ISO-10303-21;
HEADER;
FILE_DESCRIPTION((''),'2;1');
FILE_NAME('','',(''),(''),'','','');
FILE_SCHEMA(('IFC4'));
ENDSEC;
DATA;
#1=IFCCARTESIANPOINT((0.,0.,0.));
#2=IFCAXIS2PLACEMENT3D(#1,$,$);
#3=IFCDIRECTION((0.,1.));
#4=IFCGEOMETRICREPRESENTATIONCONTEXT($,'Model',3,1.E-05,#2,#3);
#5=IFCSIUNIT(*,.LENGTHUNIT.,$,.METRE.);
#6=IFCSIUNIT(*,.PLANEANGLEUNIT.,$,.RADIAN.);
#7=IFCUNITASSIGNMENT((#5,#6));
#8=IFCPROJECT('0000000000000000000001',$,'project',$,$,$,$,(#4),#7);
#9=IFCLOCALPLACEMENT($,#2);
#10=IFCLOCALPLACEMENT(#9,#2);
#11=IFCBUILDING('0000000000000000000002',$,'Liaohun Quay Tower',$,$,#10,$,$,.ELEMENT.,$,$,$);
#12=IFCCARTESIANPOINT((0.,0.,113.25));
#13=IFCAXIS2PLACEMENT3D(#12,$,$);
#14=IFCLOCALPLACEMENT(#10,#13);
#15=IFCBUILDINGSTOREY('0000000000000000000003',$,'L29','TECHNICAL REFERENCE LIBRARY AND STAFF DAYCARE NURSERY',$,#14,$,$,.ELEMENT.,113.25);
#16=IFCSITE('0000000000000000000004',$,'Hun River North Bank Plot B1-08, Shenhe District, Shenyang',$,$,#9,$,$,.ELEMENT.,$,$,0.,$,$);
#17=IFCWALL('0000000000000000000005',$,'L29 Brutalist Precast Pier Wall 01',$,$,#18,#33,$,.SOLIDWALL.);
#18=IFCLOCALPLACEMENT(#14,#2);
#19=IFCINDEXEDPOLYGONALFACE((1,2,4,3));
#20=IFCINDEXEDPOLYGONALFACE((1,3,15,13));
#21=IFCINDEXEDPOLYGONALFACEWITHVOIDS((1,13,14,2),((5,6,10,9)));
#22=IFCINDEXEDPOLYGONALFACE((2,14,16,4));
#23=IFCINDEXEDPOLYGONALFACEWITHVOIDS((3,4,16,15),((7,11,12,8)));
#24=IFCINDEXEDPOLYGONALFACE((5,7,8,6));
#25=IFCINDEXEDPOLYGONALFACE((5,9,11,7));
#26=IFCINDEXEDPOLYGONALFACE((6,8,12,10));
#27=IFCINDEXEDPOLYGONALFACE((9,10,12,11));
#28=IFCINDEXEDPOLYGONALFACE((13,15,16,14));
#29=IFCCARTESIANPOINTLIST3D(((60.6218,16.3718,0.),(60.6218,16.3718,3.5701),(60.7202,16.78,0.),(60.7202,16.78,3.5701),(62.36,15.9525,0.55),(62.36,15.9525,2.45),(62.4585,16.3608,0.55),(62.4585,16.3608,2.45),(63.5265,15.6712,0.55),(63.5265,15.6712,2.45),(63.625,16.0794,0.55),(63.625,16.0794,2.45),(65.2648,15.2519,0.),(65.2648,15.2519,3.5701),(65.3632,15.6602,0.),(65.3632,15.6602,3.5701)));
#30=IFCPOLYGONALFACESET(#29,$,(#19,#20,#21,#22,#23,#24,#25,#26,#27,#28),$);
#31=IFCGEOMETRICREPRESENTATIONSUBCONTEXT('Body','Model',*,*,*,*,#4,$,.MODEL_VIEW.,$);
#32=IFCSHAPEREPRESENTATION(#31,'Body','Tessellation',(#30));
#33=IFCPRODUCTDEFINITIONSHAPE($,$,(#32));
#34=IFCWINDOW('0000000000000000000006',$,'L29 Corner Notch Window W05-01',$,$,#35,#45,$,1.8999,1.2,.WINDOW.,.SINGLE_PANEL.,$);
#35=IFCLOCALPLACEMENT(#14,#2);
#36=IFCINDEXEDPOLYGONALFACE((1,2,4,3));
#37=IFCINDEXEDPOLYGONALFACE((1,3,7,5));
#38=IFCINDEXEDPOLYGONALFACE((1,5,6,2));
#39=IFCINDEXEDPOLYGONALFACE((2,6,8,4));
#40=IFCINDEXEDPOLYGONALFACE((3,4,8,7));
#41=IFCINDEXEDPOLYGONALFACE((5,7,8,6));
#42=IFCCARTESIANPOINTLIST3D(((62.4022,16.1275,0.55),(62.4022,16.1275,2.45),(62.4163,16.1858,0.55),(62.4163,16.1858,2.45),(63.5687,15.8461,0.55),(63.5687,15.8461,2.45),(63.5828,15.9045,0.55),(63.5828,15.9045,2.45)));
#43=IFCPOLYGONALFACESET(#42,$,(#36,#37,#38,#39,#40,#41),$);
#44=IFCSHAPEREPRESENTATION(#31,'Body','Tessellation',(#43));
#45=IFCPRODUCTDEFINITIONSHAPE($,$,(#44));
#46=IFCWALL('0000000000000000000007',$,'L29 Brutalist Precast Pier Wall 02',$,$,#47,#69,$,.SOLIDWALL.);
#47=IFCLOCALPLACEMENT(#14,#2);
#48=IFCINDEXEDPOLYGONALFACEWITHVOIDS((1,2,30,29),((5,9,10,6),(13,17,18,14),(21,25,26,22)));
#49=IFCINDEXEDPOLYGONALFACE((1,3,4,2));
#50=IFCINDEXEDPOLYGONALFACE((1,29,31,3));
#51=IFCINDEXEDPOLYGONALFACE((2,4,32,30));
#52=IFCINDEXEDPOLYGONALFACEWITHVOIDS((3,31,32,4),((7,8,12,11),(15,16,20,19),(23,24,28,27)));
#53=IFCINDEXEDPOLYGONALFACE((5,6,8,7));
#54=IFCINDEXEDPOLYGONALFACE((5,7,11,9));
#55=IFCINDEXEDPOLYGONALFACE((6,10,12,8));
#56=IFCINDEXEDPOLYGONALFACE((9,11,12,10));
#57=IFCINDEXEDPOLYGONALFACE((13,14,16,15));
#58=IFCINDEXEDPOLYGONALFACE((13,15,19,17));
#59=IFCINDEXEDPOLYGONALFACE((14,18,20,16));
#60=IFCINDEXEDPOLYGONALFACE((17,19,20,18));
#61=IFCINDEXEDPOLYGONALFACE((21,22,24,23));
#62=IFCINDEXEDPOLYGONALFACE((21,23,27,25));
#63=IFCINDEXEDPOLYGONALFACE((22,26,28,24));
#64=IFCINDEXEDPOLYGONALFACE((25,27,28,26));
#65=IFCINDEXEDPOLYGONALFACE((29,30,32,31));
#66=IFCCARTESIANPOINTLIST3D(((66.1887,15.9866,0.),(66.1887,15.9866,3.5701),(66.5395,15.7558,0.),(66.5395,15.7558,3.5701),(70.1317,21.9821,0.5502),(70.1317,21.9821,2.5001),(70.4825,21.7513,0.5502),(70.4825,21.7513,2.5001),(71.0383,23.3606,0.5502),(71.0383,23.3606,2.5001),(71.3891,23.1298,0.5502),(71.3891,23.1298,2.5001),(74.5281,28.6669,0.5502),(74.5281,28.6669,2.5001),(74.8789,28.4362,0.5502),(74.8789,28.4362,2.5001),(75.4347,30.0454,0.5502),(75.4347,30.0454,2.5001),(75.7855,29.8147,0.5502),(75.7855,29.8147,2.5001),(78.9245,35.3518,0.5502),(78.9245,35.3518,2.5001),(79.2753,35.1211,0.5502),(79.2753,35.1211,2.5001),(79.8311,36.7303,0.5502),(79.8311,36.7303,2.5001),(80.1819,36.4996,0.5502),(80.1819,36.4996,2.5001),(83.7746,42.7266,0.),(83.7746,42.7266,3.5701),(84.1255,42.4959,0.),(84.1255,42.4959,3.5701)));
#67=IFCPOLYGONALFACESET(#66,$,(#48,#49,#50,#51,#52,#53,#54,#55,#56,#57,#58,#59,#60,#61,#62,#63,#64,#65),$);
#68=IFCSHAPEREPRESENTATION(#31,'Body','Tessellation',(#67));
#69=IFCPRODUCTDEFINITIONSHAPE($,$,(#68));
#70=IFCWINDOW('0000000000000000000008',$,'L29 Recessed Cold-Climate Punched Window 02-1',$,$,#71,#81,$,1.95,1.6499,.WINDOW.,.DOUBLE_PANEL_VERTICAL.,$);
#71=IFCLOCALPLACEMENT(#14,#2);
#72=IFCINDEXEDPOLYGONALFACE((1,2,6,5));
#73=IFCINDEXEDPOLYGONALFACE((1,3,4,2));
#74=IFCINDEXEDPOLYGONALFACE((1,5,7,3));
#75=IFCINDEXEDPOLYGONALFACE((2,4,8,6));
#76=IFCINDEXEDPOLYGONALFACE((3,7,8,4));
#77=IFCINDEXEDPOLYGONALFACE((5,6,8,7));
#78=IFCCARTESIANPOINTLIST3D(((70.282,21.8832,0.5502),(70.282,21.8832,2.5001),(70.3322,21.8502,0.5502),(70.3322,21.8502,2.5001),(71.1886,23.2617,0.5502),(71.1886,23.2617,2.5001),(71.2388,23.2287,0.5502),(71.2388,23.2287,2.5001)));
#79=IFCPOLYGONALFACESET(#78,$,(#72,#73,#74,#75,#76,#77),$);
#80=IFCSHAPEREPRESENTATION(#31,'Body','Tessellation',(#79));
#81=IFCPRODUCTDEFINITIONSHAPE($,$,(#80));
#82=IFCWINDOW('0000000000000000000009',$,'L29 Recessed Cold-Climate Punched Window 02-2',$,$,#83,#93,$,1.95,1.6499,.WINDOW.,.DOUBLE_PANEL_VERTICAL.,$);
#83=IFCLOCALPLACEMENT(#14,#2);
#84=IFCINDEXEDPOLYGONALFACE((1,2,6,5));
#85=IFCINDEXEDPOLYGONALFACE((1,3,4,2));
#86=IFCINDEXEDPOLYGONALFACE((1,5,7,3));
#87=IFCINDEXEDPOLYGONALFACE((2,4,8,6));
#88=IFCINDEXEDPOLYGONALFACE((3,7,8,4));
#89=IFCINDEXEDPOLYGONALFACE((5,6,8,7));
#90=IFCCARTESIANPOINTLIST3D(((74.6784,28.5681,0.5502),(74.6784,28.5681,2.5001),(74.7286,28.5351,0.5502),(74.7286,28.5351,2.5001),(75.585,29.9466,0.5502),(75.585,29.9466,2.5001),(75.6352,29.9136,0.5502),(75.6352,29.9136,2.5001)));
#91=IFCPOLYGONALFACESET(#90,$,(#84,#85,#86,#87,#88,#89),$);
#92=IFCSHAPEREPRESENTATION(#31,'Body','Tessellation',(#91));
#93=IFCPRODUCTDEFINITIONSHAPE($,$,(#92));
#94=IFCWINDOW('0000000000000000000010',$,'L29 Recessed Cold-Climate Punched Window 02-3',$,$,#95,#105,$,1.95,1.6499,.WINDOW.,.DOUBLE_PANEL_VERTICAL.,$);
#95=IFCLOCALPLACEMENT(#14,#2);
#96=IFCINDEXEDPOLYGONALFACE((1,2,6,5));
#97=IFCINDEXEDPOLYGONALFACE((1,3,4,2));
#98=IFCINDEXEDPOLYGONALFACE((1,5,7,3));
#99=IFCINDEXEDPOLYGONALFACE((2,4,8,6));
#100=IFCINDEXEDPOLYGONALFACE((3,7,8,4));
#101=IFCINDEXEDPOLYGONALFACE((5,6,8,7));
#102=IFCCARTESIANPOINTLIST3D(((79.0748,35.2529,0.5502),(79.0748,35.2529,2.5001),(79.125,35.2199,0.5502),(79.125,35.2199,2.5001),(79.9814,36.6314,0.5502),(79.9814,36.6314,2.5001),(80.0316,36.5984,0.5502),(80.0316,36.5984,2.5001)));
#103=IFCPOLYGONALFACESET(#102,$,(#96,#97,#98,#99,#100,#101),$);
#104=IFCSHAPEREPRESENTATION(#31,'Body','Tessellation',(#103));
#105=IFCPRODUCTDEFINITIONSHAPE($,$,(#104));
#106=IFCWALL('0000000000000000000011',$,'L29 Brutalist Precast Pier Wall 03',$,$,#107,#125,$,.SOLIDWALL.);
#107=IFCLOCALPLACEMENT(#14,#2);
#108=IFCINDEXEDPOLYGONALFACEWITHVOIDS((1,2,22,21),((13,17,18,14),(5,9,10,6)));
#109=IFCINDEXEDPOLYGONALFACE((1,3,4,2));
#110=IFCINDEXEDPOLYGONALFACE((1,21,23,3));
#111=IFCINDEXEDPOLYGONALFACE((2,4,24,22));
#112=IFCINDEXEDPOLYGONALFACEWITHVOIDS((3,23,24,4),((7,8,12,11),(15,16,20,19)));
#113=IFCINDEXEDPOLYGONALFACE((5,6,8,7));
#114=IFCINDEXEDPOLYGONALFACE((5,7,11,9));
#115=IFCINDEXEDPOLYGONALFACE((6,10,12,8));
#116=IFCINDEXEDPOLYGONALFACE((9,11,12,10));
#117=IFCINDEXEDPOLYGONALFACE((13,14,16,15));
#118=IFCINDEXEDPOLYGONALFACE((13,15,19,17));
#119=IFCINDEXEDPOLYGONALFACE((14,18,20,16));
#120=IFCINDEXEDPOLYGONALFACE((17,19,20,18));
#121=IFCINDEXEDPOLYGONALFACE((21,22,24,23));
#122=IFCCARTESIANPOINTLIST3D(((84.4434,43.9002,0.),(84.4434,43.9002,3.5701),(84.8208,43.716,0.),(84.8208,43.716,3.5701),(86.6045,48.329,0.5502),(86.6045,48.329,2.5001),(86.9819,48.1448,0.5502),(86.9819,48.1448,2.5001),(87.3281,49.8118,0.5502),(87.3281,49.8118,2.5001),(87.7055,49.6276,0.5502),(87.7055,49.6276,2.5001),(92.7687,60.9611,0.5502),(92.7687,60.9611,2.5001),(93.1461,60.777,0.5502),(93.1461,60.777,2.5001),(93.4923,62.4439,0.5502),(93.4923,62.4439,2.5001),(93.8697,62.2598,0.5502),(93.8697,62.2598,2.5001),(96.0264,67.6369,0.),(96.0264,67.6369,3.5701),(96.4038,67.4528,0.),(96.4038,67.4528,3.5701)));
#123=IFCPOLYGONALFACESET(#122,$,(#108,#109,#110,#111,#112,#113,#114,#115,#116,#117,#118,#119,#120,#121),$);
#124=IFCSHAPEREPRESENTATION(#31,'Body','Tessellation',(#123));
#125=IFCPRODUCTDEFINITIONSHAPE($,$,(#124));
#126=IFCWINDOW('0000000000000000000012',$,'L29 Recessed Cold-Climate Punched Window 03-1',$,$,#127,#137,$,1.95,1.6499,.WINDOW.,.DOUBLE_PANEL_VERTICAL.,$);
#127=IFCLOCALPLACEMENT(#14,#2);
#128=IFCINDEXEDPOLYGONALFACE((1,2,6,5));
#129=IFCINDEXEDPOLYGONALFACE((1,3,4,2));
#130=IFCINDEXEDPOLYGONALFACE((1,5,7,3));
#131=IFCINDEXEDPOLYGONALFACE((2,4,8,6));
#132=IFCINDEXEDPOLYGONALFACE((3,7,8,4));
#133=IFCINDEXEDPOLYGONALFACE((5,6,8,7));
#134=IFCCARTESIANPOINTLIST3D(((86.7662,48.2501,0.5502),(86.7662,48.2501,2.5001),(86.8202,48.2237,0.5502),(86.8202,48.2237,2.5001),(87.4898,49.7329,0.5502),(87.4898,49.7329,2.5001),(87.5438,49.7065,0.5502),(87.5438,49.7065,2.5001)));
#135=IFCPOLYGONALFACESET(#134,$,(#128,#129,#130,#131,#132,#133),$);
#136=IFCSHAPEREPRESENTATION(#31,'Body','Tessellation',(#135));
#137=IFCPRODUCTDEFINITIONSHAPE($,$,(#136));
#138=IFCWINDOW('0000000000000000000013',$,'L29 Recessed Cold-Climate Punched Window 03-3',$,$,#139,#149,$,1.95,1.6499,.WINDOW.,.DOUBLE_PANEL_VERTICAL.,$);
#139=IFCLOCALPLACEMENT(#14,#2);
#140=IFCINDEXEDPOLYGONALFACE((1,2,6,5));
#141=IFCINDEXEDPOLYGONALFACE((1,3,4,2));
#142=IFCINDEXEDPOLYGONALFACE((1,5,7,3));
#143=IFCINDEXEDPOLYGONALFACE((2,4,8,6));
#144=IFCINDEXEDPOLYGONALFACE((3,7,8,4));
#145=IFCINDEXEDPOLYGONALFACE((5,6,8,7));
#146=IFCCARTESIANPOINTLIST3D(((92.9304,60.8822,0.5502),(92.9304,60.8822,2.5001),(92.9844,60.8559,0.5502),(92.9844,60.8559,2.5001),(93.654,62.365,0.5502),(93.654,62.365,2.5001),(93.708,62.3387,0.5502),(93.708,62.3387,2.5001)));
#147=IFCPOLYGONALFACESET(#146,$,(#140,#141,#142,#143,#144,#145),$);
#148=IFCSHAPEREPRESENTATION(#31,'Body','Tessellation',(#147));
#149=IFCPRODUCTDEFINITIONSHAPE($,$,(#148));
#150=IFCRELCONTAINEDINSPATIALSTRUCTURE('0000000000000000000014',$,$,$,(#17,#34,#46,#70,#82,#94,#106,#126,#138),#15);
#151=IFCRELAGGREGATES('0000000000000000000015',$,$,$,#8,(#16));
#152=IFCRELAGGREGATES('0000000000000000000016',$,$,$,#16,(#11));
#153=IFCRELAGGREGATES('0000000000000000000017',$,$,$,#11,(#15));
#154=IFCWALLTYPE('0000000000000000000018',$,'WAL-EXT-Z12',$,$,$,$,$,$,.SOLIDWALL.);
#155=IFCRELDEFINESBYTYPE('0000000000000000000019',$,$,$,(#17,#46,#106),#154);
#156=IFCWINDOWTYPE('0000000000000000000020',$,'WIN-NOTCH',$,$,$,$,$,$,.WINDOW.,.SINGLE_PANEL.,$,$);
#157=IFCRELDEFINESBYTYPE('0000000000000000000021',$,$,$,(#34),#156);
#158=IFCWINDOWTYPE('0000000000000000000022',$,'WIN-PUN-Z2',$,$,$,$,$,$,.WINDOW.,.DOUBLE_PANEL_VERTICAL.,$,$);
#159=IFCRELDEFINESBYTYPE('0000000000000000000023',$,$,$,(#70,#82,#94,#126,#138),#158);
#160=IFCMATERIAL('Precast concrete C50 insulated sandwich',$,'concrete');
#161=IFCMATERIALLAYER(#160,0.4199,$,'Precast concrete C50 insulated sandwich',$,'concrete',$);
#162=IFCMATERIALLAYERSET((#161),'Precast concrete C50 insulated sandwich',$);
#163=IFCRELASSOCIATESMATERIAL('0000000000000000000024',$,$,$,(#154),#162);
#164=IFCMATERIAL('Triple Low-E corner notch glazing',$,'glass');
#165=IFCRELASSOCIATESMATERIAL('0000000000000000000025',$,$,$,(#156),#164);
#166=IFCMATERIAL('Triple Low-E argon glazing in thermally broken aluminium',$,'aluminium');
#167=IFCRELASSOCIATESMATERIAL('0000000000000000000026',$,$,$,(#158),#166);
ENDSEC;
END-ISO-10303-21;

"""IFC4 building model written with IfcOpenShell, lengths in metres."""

from ifc_helpers import new_model, si_unit, direction, frame, frame_2d, origin, place, context, subcontext, project, spatial, rectangle, extrude, source, transform, mapped, material, layer, layer_set, type_object, element, fill, save


model = new_model("IFC4")

# Units and contexts
model_context = context("Model", 3, precision=1e-05, world=origin(), true_north=direction((0.0, 1.0)))
body_context = subcontext(model_context, "Body", "Model", "MODEL_VIEW")
ifc_project = project(units=[si_unit("LENGTHUNIT", "METRE"), si_unit("PLANEANGLEUNIT", "RADIAN")], contexts=[model_context])

# Site, building, storey
site_placement = place(None, origin())
site = spatial("IfcSite", under=ifc_project, at=site_placement, Name="Hun River North Bank Plot B1-08, Shenhe District, Shenyang", CompositionType="ELEMENT", RefElevation=0.0)
building_placement = place(site_placement, origin())
building = spatial("IfcBuilding", under=site, at=building_placement, Name="Liaohun Quay Tower", CompositionType="ELEMENT")
storey_placement = place(building_placement, frame((0.0, 0.0, 113.25)))
storey = spatial("IfcBuildingStorey", under=building, at=storey_placement, Name="L29", Description="TECHNICAL REFERENCE LIBRARY AND STAFF DAYCARE NURSERY", CompositionType="ELEMENT", Elevation=113.25)

# Wall, opening, window
ifc_material_1 = material(Name="Precast concrete C50 insulated sandwich", Category="concrete")
ifc_layer_1 = layer(ifc_material_1, 0.4199, Name="Precast concrete C50 insulated sandwich", Category="concrete")
ifc_layer_set_1 = layer_set([ifc_layer_1], Name="Precast concrete C50 insulated sandwich")
wall_type_1 = type_object("IfcWallType", Name="WAL-EXT-Z12", PredefinedType="SOLIDWALL", material=ifc_layer_set_1)
wall_1_placement = place(storey_placement, frame((60.6709, 16.5759, 0.0), z_axis=(0.0, 0.0, 1.0), x_axis=(0.972124, -0.234469, 0.0)))
wall_1 = element("IfcWall", 1, at=wall_1_placement, inside=storey, type_object=wall_type_1, Name="L29 Brutalist Precast Pier Wall 01", PredefinedType="SOLIDWALL", context=body_context, shape_type="SweptSolid", body=[
    extrude(rectangle(XDim=4.7761, YDim=0.4199, at=frame_2d((2.3882, 0.0))), origin(), (0.0, 0.0, 1.0), 3.5701),
])
shared_shape_1 = source(origin(), body_context, "Body", "SweptSolid", [
    extrude(rectangle(XDim=1.2, YDim=1.8999, at=frame_2d((0.6001, 0.95))), frame((0.0, 0.22, 0.0), z_axis=(0.0, -1.0, 0.0), x_axis=(1.0, 0.0, 0.0)), (0.0, 0.0, 1.0), 0.4399),
])
opening_1_placement = place(wall_1_placement, frame((1.7881, 0.0, 0.55)))
opening_1 = element("IfcOpeningElement", 2, at=opening_1_placement, cuts=wall_1, PredefinedType="OPENING", context=body_context, shape_type="MappedRepresentation", body=[
    mapped(shared_shape_1, transform((0.0, 0.0, 0.0), x_axis=(1.0, 0.0, 0.0), y_axis=(0.0, 1.0, 0.0), z_axis=(0.0, 0.0, 1.0), scale=1.0)),
])
ifc_material_2 = material(Name="Triple Low-E corner notch glazing", Category="glass")
window_type_1 = type_object("IfcWindowType", Name="WIN-NOTCH", PartitioningType="SINGLE_PANEL", PredefinedType="WINDOW", material=ifc_material_2)
shared_shape_2 = source(origin(), body_context, "Body", "SweptSolid", [
    extrude(rectangle(XDim=1.2, YDim=1.8999, at=frame_2d((0.6001, 0.95))), frame((0.0, 0.03, 0.0), z_axis=(0.0, -1.0, 0.0), x_axis=(1.0, 0.0, 0.0)), (0.0, 0.0, 1.0), 0.0601),
])
window_1_placement = place(opening_1_placement, origin())
window_1 = element("IfcWindow", 3, at=window_1_placement, inside=storey, type_object=window_type_1, Name="L29 Corner Notch Window W05-01", OverallHeight=1.8999, OverallWidth=1.2, PartitioningType="SINGLE_PANEL", PredefinedType="WINDOW", context=body_context, shape_type="MappedRepresentation", body=[
    mapped(shared_shape_2, transform((0.0, 0.0, 0.0), x_axis=(1.0, 0.0, 0.0), y_axis=(0.0, 1.0, 0.0), z_axis=(0.0, 0.0, 1.0), scale=1.0)),
])
fill(opening_1, window_1)

# Walls, openings, windows
wall_2_placement = place(storey_placement, frame((66.364, 15.8711, 0.0), z_axis=(0.0, 0.0, 1.0), x_axis=(0.549482, 0.835505, 0.0)))
wall_2 = element("IfcWall", 4, at=wall_2_placement, inside=storey, type_object=wall_type_1, Name="L29 Brutalist Precast Pier Wall 02", PredefinedType="SOLIDWALL", context=body_context, shape_type="SweptSolid", body=[
    extrude(rectangle(XDim=32.0046, YDim=0.4199, at=frame_2d((16.0024, 0.0))), origin(), (0.0, 0.0, 1.0), 3.5701),
])
shared_shape_3 = source(origin(), body_context, "Body", "SweptSolid", [
    extrude(rectangle(XDim=1.6499, YDim=1.95, at=frame_2d((0.825, 0.9751))), frame((0.0, 0.22, 0.0), z_axis=(0.0, -1.0, 0.0), x_axis=(1.0, 0.0, 0.0)), (0.0, 0.0, 1.0), 0.4399),
])
opening_2_placement = place(wall_2_placement, frame((7.176, 0.0, 0.55)))
opening_2 = element("IfcOpeningElement", 5, at=opening_2_placement, cuts=wall_2, PredefinedType="OPENING", context=body_context, shape_type="MappedRepresentation", body=[
    mapped(shared_shape_3, transform((0.0, 0.0, 0.0), x_axis=(1.0, 0.0, 0.0), y_axis=(0.0, 1.0, 0.0), z_axis=(0.0, 0.0, 1.0), scale=1.0)),
])
opening_3_placement = place(wall_2_placement, frame((15.177, 0.0, 0.55)))
opening_3 = element("IfcOpeningElement", 6, at=opening_3_placement, cuts=wall_2, PredefinedType="OPENING", context=body_context, shape_type="MappedRepresentation", body=[
    mapped(shared_shape_3, transform((0.0, 0.0, 0.0), x_axis=(1.0, 0.0, 0.0), y_axis=(0.0, 1.0, 0.0), z_axis=(0.0, 0.0, 1.0), scale=1.0)),
])
opening_4_placement = place(wall_2_placement, frame((23.178, 0.0, 0.55)))
opening_4 = element("IfcOpeningElement", 7, at=opening_4_placement, cuts=wall_2, PredefinedType="OPENING", context=body_context, shape_type="MappedRepresentation", body=[
    mapped(shared_shape_3, transform((0.0, 0.0, 0.0), x_axis=(1.0, 0.0, 0.0), y_axis=(0.0, 1.0, 0.0), z_axis=(0.0, 0.0, 1.0), scale=1.0)),
])
ifc_material_3 = material(Name="Triple Low-E argon glazing in thermally broken aluminium", Category="aluminium")
window_type_2 = type_object("IfcWindowType", Name="WIN-PUN-Z2", PartitioningType="DOUBLE_PANEL_VERTICAL", PredefinedType="WINDOW", material=ifc_material_3)
shared_shape_4 = source(origin(), body_context, "Body", "SweptSolid", [
    extrude(rectangle(XDim=1.6499, YDim=1.95, at=frame_2d((0.825, 0.9751))), frame((0.0, 0.03, 0.0), z_axis=(0.0, -1.0, 0.0), x_axis=(1.0, 0.0, 0.0)), (0.0, 0.0, 1.0), 0.0601),
])
window_2_placement = place(opening_2_placement, origin())
window_2 = element("IfcWindow", 8, at=window_2_placement, inside=storey, type_object=window_type_2, Name="L29 Recessed Cold-Climate Punched Window 02-1", OverallHeight=1.95, OverallWidth=1.6499, PartitioningType="DOUBLE_PANEL_VERTICAL", PredefinedType="WINDOW", context=body_context, shape_type="MappedRepresentation", body=[
    mapped(shared_shape_4, transform((0.0, 0.0, 0.0), x_axis=(1.0, 0.0, 0.0), y_axis=(0.0, 1.0, 0.0), z_axis=(0.0, 0.0, 1.0), scale=1.0)),
])
fill(opening_2, window_2)
window_3_placement = place(opening_3_placement, origin())
window_3 = element("IfcWindow", 9, at=window_3_placement, inside=storey, type_object=window_type_2, Name="L29 Recessed Cold-Climate Punched Window 02-2", OverallHeight=1.95, OverallWidth=1.6499, PartitioningType="DOUBLE_PANEL_VERTICAL", PredefinedType="WINDOW", context=body_context, shape_type="MappedRepresentation", body=[
    mapped(shared_shape_4, transform((0.0, 0.0, 0.0), x_axis=(1.0, 0.0, 0.0), y_axis=(0.0, 1.0, 0.0), z_axis=(0.0, 0.0, 1.0), scale=1.0)),
])
fill(opening_3, window_3)
window_4_placement = place(opening_4_placement, origin())
window_4 = element("IfcWindow", 10, at=window_4_placement, inside=storey, type_object=window_type_2, Name="L29 Recessed Cold-Climate Punched Window 02-3", OverallHeight=1.95, OverallWidth=1.6499, PartitioningType="DOUBLE_PANEL_VERTICAL", PredefinedType="WINDOW", context=body_context, shape_type="MappedRepresentation", body=[
    mapped(shared_shape_4, transform((0.0, 0.0, 0.0), x_axis=(1.0, 0.0, 0.0), y_axis=(0.0, 1.0, 0.0), z_axis=(0.0, 0.0, 1.0), scale=1.0)),
])
fill(opening_4, window_4)
wall_3_placement = place(storey_placement, frame((84.6321, 43.8081, 0.0), z_axis=(0.0, 0.0, 1.0), x_axis=(0.438548, 0.898708, 0.0)))
wall_3 = element("IfcWall", 11, at=wall_3_placement, inside=storey, type_object=wall_type_1, Name="L29 Brutalist Precast Pier Wall 03", PredefinedType="SOLIDWALL", context=body_context, shape_type="SweptSolid", body=[
    extrude(rectangle(XDim=26.4121, YDim=0.4199, at=frame_2d((13.2061, 0.0))), origin(), (0.0, 0.0, 1.0), 3.5701),
])
opening_5_placement = place(wall_3_placement, frame((4.928, 0.0, 0.55)))
opening_5 = element("IfcOpeningElement", 12, at=opening_5_placement, cuts=wall_3, PredefinedType="OPENING", context=body_context, shape_type="MappedRepresentation", body=[
    mapped(shared_shape_3, transform((0.0, 0.0, 0.0), x_axis=(1.0, 0.0, 0.0), y_axis=(0.0, 1.0, 0.0), z_axis=(0.0, 0.0, 1.0), scale=1.0)),
])
opening_6_placement = place(wall_3_placement, frame((18.9839, 0.0, 0.55)))
opening_6 = element("IfcOpeningElement", 13, at=opening_6_placement, cuts=wall_3, PredefinedType="OPENING", context=body_context, shape_type="MappedRepresentation", body=[
    mapped(shared_shape_3, transform((0.0, 0.0, 0.0), x_axis=(1.0, 0.0, 0.0), y_axis=(0.0, 1.0, 0.0), z_axis=(0.0, 0.0, 1.0), scale=1.0)),
])
window_5_placement = place(opening_5_placement, origin())
window_5 = element("IfcWindow", 14, at=window_5_placement, inside=storey, type_object=window_type_2, Name="L29 Recessed Cold-Climate Punched Window 03-1", OverallHeight=1.95, OverallWidth=1.6499, PartitioningType="DOUBLE_PANEL_VERTICAL", PredefinedType="WINDOW", context=body_context, shape_type="MappedRepresentation", body=[
    mapped(shared_shape_4, transform((0.0, 0.0, 0.0), x_axis=(1.0, 0.0, 0.0), y_axis=(0.0, 1.0, 0.0), z_axis=(0.0, 0.0, 1.0), scale=1.0)),
])
fill(opening_5, window_5)
window_6_placement = place(opening_6_placement, origin())
window_6 = element("IfcWindow", 15, at=window_6_placement, inside=storey, type_object=window_type_2, Name="L29 Recessed Cold-Climate Punched Window 03-3", OverallHeight=1.95, OverallWidth=1.6499, PartitioningType="DOUBLE_PANEL_VERTICAL", PredefinedType="WINDOW", context=body_context, shape_type="MappedRepresentation", body=[
    mapped(shared_shape_4, transform((0.0, 0.0, 0.0), x_axis=(1.0, 0.0, 0.0), y_axis=(0.0, 1.0, 0.0), z_axis=(0.0, 0.0, 1.0), scale=1.0)),
])
fill(opening_6, window_6)

save(model, "model.ifc")
